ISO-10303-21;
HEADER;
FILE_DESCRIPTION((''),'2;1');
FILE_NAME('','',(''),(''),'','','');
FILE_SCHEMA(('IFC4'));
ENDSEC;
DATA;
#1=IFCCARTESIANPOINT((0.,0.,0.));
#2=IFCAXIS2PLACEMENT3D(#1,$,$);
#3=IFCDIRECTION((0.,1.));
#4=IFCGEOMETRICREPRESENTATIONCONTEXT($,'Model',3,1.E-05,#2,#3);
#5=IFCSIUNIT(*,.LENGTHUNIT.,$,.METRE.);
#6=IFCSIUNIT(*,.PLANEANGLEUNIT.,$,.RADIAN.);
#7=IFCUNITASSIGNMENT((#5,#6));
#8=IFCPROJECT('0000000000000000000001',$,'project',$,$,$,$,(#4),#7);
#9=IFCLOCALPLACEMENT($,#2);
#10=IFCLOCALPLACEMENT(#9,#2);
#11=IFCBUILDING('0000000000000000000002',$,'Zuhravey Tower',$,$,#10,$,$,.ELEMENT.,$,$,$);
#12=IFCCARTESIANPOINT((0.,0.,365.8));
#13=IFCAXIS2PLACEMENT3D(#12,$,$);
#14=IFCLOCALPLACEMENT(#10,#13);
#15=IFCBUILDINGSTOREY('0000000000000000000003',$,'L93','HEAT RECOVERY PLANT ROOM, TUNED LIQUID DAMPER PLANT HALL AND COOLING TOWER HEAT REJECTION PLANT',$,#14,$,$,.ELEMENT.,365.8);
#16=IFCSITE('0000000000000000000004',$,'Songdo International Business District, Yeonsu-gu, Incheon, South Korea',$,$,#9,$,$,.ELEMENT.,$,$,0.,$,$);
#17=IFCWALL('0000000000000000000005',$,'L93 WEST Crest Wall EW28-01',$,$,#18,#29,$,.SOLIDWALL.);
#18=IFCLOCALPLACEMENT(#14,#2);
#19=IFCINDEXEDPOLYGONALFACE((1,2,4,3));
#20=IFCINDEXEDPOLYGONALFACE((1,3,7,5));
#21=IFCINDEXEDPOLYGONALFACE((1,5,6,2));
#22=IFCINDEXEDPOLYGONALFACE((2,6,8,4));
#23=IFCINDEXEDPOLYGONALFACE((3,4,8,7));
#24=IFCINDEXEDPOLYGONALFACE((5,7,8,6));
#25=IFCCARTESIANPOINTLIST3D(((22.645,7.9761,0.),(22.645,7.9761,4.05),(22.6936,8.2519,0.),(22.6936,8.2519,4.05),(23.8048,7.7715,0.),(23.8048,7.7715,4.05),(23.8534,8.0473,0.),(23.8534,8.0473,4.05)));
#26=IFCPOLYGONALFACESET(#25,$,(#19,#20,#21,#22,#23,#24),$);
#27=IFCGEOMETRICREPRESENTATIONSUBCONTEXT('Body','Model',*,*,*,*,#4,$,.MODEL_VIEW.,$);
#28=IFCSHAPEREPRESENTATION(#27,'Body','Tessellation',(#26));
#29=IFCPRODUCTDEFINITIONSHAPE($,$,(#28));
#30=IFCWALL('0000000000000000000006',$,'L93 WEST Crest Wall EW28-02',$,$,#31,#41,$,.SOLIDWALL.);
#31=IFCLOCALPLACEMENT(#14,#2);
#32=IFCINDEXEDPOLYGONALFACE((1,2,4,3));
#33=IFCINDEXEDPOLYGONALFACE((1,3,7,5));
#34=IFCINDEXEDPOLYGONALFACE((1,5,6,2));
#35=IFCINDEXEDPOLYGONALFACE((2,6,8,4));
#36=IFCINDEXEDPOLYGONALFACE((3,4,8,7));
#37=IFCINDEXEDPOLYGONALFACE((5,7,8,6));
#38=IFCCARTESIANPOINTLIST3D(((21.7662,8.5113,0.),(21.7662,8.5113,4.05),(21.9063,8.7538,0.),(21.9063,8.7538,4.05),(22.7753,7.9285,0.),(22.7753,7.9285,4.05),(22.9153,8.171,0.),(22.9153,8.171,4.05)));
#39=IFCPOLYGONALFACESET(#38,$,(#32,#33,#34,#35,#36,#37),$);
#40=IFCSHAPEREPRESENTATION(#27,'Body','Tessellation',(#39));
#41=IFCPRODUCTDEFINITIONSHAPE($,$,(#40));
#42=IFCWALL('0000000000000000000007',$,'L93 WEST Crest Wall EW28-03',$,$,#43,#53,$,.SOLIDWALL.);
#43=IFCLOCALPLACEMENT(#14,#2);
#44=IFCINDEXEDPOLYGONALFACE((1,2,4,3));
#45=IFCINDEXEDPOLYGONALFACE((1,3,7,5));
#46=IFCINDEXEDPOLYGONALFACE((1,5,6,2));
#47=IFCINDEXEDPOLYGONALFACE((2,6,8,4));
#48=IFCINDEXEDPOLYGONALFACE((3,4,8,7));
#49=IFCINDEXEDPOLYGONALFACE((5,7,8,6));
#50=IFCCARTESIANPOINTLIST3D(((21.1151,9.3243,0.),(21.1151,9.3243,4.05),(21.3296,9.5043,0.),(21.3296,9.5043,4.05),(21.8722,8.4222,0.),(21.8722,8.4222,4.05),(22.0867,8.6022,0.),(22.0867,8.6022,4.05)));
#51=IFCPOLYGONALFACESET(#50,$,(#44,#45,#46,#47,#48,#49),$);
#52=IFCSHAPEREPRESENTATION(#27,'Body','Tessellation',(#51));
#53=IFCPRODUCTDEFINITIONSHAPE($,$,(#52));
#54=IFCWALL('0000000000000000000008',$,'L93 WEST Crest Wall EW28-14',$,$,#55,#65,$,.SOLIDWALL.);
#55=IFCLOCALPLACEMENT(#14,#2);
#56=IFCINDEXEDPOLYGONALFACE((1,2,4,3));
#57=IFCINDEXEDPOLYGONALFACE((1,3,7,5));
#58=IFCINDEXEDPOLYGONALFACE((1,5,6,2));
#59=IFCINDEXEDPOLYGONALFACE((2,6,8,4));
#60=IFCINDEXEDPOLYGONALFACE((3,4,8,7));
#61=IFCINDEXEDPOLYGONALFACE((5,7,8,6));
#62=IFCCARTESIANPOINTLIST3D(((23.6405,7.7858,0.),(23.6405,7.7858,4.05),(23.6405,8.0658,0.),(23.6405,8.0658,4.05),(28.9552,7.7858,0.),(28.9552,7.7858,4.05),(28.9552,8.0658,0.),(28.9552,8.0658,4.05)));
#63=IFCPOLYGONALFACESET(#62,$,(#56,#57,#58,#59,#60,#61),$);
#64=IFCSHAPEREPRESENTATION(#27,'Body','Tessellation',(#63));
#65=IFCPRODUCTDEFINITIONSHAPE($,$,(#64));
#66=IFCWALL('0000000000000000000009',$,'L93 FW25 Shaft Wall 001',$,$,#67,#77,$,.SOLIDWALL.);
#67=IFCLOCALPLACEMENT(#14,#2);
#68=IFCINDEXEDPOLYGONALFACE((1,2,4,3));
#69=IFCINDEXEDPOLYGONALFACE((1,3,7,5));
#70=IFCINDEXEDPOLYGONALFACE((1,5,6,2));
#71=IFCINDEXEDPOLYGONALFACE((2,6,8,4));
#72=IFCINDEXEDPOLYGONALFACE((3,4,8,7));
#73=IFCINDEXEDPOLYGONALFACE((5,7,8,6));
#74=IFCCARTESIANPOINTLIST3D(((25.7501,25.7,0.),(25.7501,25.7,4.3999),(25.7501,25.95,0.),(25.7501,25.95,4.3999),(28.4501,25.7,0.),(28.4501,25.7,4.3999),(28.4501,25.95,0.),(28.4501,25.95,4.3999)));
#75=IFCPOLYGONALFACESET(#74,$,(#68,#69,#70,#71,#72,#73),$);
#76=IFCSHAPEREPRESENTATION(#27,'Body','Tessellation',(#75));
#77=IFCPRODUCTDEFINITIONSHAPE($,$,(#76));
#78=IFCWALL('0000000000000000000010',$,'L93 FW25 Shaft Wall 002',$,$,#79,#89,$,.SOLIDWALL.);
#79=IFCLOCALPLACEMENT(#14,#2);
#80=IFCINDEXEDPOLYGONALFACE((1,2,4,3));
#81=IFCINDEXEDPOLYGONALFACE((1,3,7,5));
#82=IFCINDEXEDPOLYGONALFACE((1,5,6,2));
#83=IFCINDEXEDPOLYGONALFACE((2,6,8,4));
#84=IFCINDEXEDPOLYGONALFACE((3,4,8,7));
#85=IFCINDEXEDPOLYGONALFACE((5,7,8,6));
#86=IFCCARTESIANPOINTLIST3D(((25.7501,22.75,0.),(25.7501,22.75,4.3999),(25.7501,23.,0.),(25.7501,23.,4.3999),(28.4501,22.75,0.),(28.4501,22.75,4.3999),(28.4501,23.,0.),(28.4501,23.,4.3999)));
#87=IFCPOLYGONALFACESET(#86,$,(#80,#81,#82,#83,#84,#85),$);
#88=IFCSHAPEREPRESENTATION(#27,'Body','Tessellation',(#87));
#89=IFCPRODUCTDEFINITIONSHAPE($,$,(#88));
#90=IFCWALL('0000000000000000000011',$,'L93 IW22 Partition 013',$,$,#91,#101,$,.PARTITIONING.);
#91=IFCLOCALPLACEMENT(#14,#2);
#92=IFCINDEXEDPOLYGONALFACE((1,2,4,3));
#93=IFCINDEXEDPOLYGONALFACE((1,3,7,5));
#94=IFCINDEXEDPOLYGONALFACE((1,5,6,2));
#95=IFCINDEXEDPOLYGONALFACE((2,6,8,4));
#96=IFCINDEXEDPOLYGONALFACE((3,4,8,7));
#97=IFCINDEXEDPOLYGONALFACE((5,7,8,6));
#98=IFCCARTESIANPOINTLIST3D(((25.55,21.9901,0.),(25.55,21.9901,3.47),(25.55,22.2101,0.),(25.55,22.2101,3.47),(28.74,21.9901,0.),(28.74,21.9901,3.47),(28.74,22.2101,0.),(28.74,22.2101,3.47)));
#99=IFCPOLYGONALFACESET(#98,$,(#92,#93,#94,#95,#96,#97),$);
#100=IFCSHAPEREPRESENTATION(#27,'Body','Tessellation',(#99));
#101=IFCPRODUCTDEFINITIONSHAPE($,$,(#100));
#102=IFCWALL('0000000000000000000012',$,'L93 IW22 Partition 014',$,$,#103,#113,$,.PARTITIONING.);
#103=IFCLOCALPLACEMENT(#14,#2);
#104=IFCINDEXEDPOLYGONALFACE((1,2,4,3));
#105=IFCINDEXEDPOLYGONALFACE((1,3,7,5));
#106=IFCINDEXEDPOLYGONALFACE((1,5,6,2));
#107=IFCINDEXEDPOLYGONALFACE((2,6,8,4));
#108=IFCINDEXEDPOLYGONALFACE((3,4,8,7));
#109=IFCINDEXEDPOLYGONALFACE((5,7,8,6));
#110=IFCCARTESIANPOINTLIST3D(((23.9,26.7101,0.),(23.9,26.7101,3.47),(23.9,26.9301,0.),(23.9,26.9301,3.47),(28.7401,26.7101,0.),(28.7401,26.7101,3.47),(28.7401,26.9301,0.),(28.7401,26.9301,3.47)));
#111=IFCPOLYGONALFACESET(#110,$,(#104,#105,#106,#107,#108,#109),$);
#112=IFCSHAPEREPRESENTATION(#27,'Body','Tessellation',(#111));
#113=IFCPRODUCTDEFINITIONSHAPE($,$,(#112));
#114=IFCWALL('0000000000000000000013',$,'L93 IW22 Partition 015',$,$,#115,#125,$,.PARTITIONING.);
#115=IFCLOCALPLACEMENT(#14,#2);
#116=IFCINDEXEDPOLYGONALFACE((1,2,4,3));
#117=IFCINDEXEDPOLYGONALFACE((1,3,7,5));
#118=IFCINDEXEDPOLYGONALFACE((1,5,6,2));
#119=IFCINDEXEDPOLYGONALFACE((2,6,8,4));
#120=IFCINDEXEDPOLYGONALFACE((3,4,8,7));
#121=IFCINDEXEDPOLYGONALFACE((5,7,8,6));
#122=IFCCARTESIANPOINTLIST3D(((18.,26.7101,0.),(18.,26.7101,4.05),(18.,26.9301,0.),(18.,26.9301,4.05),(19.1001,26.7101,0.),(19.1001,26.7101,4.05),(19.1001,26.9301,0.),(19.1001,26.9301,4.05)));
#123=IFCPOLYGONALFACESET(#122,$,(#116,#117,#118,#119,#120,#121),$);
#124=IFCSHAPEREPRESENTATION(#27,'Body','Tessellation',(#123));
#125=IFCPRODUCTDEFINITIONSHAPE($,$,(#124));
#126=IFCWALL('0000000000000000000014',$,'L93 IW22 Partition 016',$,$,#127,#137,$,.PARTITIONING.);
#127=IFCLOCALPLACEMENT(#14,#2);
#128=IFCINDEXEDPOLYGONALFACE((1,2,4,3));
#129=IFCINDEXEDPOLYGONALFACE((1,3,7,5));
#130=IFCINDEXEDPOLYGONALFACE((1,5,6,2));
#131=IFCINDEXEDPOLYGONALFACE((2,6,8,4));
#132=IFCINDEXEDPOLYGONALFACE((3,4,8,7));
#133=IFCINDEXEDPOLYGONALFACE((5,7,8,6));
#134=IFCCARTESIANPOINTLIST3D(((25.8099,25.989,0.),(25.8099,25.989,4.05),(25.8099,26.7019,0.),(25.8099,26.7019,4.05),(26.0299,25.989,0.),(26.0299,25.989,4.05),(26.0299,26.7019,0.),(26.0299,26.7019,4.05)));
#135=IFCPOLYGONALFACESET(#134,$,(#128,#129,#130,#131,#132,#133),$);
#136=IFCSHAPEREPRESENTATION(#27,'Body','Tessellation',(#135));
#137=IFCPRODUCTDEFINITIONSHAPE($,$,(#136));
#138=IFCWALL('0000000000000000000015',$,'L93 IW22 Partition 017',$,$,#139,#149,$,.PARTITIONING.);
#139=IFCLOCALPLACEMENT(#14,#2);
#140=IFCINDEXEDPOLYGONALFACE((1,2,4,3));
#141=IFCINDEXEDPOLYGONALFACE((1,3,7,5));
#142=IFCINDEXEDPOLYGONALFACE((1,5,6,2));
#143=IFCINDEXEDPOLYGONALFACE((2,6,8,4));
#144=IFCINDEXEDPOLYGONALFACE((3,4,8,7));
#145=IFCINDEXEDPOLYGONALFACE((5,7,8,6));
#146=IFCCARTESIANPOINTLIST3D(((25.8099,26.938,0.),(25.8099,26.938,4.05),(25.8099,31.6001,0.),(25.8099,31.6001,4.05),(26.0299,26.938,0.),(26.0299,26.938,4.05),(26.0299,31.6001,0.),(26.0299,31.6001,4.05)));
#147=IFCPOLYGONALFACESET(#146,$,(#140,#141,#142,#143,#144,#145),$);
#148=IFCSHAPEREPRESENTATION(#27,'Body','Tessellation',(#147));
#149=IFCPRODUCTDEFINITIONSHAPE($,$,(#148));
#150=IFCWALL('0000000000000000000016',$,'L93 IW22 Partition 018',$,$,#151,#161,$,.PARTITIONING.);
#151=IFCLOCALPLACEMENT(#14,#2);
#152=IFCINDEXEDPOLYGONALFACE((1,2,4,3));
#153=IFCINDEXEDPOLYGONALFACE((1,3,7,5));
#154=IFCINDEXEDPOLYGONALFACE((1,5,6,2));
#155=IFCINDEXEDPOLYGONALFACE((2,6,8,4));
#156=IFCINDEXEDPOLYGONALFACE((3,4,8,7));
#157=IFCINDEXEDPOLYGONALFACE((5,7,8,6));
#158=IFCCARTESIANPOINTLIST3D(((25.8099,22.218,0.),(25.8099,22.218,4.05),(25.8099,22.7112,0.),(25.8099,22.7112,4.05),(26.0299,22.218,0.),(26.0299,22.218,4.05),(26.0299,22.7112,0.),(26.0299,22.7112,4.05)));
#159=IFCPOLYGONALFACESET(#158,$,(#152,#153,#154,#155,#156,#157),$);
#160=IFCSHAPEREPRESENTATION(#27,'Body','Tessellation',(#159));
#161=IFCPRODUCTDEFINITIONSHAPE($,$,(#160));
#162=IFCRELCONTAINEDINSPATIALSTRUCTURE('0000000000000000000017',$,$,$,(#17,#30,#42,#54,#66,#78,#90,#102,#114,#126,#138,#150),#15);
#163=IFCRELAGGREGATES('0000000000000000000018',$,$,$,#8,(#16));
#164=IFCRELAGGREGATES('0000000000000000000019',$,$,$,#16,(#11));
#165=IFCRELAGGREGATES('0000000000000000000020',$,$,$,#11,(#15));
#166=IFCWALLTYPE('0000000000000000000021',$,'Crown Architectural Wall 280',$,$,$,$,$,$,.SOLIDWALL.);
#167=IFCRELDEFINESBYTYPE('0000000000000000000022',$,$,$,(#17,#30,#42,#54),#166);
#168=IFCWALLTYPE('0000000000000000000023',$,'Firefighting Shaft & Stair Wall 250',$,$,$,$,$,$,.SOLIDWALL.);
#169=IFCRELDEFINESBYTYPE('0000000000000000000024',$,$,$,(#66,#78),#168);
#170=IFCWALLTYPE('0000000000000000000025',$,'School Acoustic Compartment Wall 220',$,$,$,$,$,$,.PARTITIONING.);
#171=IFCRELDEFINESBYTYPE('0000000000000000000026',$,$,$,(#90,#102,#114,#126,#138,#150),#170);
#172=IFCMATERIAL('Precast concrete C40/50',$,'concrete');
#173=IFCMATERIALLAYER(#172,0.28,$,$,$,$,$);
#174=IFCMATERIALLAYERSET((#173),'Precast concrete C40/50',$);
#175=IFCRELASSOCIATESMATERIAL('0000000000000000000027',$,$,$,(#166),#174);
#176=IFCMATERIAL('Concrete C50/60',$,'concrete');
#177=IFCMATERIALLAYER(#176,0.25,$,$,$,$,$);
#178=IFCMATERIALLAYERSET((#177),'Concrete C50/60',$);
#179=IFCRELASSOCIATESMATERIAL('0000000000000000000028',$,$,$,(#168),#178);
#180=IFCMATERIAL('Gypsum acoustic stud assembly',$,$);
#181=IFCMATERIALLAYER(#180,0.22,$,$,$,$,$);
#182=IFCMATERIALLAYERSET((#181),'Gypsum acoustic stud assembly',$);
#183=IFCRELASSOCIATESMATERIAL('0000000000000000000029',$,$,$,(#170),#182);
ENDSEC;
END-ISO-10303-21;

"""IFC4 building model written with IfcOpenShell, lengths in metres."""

from ifc_helpers import new_model, si_unit, direction, frame, frame_2d, origin, place, context, subcontext, project, spatial, rectangle, extrude, material, layer, layer_set, type_object, element, save


model = new_model("IFC4")

# Units and contexts
model_context = context("Model", 3, precision=1e-05, world=origin(), true_north=direction((0.0, 1.0)))
body_context = subcontext(model_context, "Body", "Model", "MODEL_VIEW")
ifc_project = project(units=[si_unit("LENGTHUNIT", "METRE"), si_unit("PLANEANGLEUNIT", "RADIAN")], contexts=[model_context])

# Site, building, storey
site_placement = place(None, origin())
site = spatial("IfcSite", under=ifc_project, at=site_placement, Name="Songdo International Business District, Yeonsu-gu, Incheon, South Korea", CompositionType="ELEMENT", RefElevation=0.0)
building_placement = place(site_placement, origin())
building = spatial("IfcBuilding", under=site, at=building_placement, Name="Zuhravey Tower", CompositionType="ELEMENT")
storey_placement = place(building_placement, frame((0.0, 0.0, 365.8)))
storey = spatial("IfcBuildingStorey", under=building, at=storey_placement, Name="L93", Description="HEAT RECOVERY PLANT ROOM, TUNED LIQUID DAMPER PLANT HALL AND COOLING TOWER HEAT REJECTION PLANT", CompositionType="ELEMENT", Elevation=365.8)

# Shared definitions
ifc_material_1 = material(Name="Concrete C50/60", Category="concrete")

# Walls
ifc_material_2 = material(Name="Precast concrete C40/50", Category="concrete")
ifc_layer_1 = layer(ifc_material_2, 0.28)
ifc_layer_set_1 = layer_set([ifc_layer_1], Name="Precast concrete C40/50")
wall_type_1 = type_object("IfcWallType", Name="Crown Architectural Wall 280", PredefinedType="SOLIDWALL", material=ifc_layer_set_1)
wall_1_placement = place(storey_placement, frame((23.8291, 7.9094, 0.0), z_axis=(0.0, 0.0, 1.0), x_axis=(-0.984798, 0.173703, 0.0)))
element("IfcWall", 1, at=wall_1_placement, inside=storey, type_object=wall_type_1, Name="L93 WEST Crest Wall EW28-01", PredefinedType="SOLIDWALL", context=body_context, shape_type="SweptSolid", body=[
    extrude(rectangle(XDim=1.1777, YDim=0.28, at=frame_2d((0.5889, 0.0))), origin(), (0.0, 0.0, 1.0), 4.05),
])
wall_2_placement = place(storey_placement, frame((22.8452, 8.0498, 0.0), z_axis=(0.0, 0.0, 1.0), x_axis=(-0.865952, 0.500127, 0.0)))
element("IfcWall", 2, at=wall_2_placement, inside=storey, type_object=wall_type_1, Name="L93 WEST Crest Wall EW28-02", PredefinedType="SOLIDWALL", context=body_context, shape_type="SweptSolid", body=[
    extrude(rectangle(XDim=1.1653, YDim=0.28, at=frame_2d((0.5825, 0.0))), origin(), (0.0, 0.0, 1.0), 4.05),
])
wall_3_placement = place(storey_placement, frame((21.9795, 8.5122, 0.0), z_axis=(0.0, 0.0, 1.0), x_axis=(-0.642852, 0.765991, 0.0)))
element("IfcWall", 3, at=wall_3_placement, inside=storey, type_object=wall_type_1, Name="L93 WEST Crest Wall EW28-03", PredefinedType="SOLIDWALL", context=body_context, shape_type="SweptSolid", body=[
    extrude(rectangle(XDim=1.1777, YDim=0.28, at=frame_2d((0.5889, 0.0))), origin(), (0.0, 0.0, 1.0), 4.05),
])
wall_4_placement = place(storey_placement, frame((28.9551, 7.9258, 0.0), z_axis=(0.0, 0.0, 1.0), x_axis=(-1.0, 0.0, 0.0)))
element("IfcWall", 4, at=wall_4_placement, inside=storey, type_object=wall_type_1, Name="L93 WEST Crest Wall EW28-14", PredefinedType="SOLIDWALL", context=body_context, shape_type="SweptSolid", body=[
    extrude(rectangle(XDim=5.3147, YDim=0.28, at=frame_2d((2.6572, 0.0))), origin(), (0.0, 0.0, 1.0), 4.05),
])
ifc_layer_2 = layer(ifc_material_1, 0.25)
ifc_layer_set_2 = layer_set([ifc_layer_2], Name="Concrete C50/60")
wall_type_2 = type_object("IfcWallType", Name="Firefighting Shaft & Stair Wall 250", PredefinedType="SOLIDWALL", material=ifc_layer_set_2)
for number, where, z_axis, x_axis, name in (
    (5, (25.75, 25.825, 0.0), (0.0, 0.0, 1.0), (1.0, 0.0, 0.0), "L93 FW25 Shaft Wall 001"),
    (6, (25.75, 22.875, 0.0), (0.0, 0.0, 1.0), (1.0, 0.0, 0.0), "L93 FW25 Shaft Wall 002"),
):
    element("IfcWall", number, at=place(storey_placement, frame(where, z_axis=z_axis, x_axis=x_axis)), inside=storey, type_object=wall_type_2, Name=name, PredefinedType="SOLIDWALL", context=body_context, shape_type="SweptSolid", body=[
        extrude(rectangle(XDim=2.7, YDim=0.25, at=frame_2d((1.3501, 0.0))), origin(), (0.0, 0.0, 1.0), 4.3999),
    ])
ifc_material_3 = material(Name="Gypsum acoustic stud assembly")
ifc_layer_3 = layer(ifc_material_3, 0.22)
ifc_layer_set_3 = layer_set([ifc_layer_3], Name="Gypsum acoustic stud assembly")
wall_type_3 = type_object("IfcWallType", Name="School Acoustic Compartment Wall 220", PredefinedType="PARTITIONING", material=ifc_layer_set_3)
wall_5_placement = place(storey_placement, frame((25.55, 22.1001, 0.0), z_axis=(0.0, 0.0, 1.0), x_axis=(1.0, 0.0, 0.0)))
element("IfcWall", 7, at=wall_5_placement, inside=storey, type_object=wall_type_3, Name="L93 IW22 Partition 013", PredefinedType="PARTITIONING", context=body_context, shape_type="SweptSolid", body=[
    extrude(rectangle(XDim=3.1899, YDim=0.22, at=frame_2d((1.595, 0.0))), origin(), (0.0, 0.0, 1.0), 3.47),
])
wall_6_placement = place(storey_placement, frame((28.74, 26.8201, 0.0), z_axis=(0.0, 0.0, 1.0), x_axis=(-1.0, 0.0, 0.0)))
element("IfcWall", 8, at=wall_6_placement, inside=storey, type_object=wall_type_3, Name="L93 IW22 Partition 014", PredefinedType="PARTITIONING", context=body_context, shape_type="SweptSolid", body=[
    extrude(rectangle(XDim=4.8401, YDim=0.22, at=frame_2d((2.4199, 0.0))), origin(), (0.0, 0.0, 1.0), 3.47),
])
wall_7_placement = place(storey_placement, frame((19.1001, 26.8201, 0.0), z_axis=(0.0, 0.0, 1.0), x_axis=(-1.0, 0.0, 0.0)))
element("IfcWall", 9, at=wall_7_placement, inside=storey, type_object=wall_type_3, Name="L93 IW22 Partition 015", PredefinedType="PARTITIONING", context=body_context, shape_type="SweptSolid", body=[
    extrude(rectangle(XDim=1.1001, YDim=0.22, at=frame_2d((0.55, 0.0))), origin(), (0.0, 0.0, 1.0), 4.05),
])
wall_8_placement = place(storey_placement, frame((25.9199, 25.989, 0.0), z_axis=(0.0, 0.0, 1.0), x_axis=(0.0, 1.0, 0.0)))
element("IfcWall", 10, at=wall_8_placement, inside=storey, type_object=wall_type_3, Name="L93 IW22 Partition 016", PredefinedType="PARTITIONING", context=body_context, shape_type="SweptSolid", body=[
    extrude(rectangle(XDim=0.7129, YDim=0.22, at=frame_2d((0.3564, 0.0))), origin(), (0.0, 0.0, 1.0), 4.05),
])
wall_9_placement = place(storey_placement, frame((25.9199, 26.938, 0.0), z_axis=(0.0, 0.0, 1.0), x_axis=(0.0, 1.0, 0.0)))
element("IfcWall", 11, at=wall_9_placement, inside=storey, type_object=wall_type_3, Name="L93 IW22 Partition 017", PredefinedType="PARTITIONING", context=body_context, shape_type="SweptSolid", body=[
    extrude(rectangle(XDim=4.6621, YDim=0.22, at=frame_2d((2.3311, 0.0))), origin(), (0.0, 0.0, 1.0), 4.05),
])
wall_10_placement = place(storey_placement, frame((25.9199, 22.218, 0.0), z_axis=(0.0, 0.0, 1.0), x_axis=(0.0, 1.0, 0.0)))
element("IfcWall", 12, at=wall_10_placement, inside=storey, type_object=wall_type_3, Name="L93 IW22 Partition 018", PredefinedType="PARTITIONING", context=body_context, shape_type="SweptSolid", body=[
    extrude(rectangle(XDim=0.4932, YDim=0.22, at=frame_2d((0.2466, 0.0))), origin(), (0.0, 0.0, 1.0), 4.05),
])

save(model, "model.ifc")
